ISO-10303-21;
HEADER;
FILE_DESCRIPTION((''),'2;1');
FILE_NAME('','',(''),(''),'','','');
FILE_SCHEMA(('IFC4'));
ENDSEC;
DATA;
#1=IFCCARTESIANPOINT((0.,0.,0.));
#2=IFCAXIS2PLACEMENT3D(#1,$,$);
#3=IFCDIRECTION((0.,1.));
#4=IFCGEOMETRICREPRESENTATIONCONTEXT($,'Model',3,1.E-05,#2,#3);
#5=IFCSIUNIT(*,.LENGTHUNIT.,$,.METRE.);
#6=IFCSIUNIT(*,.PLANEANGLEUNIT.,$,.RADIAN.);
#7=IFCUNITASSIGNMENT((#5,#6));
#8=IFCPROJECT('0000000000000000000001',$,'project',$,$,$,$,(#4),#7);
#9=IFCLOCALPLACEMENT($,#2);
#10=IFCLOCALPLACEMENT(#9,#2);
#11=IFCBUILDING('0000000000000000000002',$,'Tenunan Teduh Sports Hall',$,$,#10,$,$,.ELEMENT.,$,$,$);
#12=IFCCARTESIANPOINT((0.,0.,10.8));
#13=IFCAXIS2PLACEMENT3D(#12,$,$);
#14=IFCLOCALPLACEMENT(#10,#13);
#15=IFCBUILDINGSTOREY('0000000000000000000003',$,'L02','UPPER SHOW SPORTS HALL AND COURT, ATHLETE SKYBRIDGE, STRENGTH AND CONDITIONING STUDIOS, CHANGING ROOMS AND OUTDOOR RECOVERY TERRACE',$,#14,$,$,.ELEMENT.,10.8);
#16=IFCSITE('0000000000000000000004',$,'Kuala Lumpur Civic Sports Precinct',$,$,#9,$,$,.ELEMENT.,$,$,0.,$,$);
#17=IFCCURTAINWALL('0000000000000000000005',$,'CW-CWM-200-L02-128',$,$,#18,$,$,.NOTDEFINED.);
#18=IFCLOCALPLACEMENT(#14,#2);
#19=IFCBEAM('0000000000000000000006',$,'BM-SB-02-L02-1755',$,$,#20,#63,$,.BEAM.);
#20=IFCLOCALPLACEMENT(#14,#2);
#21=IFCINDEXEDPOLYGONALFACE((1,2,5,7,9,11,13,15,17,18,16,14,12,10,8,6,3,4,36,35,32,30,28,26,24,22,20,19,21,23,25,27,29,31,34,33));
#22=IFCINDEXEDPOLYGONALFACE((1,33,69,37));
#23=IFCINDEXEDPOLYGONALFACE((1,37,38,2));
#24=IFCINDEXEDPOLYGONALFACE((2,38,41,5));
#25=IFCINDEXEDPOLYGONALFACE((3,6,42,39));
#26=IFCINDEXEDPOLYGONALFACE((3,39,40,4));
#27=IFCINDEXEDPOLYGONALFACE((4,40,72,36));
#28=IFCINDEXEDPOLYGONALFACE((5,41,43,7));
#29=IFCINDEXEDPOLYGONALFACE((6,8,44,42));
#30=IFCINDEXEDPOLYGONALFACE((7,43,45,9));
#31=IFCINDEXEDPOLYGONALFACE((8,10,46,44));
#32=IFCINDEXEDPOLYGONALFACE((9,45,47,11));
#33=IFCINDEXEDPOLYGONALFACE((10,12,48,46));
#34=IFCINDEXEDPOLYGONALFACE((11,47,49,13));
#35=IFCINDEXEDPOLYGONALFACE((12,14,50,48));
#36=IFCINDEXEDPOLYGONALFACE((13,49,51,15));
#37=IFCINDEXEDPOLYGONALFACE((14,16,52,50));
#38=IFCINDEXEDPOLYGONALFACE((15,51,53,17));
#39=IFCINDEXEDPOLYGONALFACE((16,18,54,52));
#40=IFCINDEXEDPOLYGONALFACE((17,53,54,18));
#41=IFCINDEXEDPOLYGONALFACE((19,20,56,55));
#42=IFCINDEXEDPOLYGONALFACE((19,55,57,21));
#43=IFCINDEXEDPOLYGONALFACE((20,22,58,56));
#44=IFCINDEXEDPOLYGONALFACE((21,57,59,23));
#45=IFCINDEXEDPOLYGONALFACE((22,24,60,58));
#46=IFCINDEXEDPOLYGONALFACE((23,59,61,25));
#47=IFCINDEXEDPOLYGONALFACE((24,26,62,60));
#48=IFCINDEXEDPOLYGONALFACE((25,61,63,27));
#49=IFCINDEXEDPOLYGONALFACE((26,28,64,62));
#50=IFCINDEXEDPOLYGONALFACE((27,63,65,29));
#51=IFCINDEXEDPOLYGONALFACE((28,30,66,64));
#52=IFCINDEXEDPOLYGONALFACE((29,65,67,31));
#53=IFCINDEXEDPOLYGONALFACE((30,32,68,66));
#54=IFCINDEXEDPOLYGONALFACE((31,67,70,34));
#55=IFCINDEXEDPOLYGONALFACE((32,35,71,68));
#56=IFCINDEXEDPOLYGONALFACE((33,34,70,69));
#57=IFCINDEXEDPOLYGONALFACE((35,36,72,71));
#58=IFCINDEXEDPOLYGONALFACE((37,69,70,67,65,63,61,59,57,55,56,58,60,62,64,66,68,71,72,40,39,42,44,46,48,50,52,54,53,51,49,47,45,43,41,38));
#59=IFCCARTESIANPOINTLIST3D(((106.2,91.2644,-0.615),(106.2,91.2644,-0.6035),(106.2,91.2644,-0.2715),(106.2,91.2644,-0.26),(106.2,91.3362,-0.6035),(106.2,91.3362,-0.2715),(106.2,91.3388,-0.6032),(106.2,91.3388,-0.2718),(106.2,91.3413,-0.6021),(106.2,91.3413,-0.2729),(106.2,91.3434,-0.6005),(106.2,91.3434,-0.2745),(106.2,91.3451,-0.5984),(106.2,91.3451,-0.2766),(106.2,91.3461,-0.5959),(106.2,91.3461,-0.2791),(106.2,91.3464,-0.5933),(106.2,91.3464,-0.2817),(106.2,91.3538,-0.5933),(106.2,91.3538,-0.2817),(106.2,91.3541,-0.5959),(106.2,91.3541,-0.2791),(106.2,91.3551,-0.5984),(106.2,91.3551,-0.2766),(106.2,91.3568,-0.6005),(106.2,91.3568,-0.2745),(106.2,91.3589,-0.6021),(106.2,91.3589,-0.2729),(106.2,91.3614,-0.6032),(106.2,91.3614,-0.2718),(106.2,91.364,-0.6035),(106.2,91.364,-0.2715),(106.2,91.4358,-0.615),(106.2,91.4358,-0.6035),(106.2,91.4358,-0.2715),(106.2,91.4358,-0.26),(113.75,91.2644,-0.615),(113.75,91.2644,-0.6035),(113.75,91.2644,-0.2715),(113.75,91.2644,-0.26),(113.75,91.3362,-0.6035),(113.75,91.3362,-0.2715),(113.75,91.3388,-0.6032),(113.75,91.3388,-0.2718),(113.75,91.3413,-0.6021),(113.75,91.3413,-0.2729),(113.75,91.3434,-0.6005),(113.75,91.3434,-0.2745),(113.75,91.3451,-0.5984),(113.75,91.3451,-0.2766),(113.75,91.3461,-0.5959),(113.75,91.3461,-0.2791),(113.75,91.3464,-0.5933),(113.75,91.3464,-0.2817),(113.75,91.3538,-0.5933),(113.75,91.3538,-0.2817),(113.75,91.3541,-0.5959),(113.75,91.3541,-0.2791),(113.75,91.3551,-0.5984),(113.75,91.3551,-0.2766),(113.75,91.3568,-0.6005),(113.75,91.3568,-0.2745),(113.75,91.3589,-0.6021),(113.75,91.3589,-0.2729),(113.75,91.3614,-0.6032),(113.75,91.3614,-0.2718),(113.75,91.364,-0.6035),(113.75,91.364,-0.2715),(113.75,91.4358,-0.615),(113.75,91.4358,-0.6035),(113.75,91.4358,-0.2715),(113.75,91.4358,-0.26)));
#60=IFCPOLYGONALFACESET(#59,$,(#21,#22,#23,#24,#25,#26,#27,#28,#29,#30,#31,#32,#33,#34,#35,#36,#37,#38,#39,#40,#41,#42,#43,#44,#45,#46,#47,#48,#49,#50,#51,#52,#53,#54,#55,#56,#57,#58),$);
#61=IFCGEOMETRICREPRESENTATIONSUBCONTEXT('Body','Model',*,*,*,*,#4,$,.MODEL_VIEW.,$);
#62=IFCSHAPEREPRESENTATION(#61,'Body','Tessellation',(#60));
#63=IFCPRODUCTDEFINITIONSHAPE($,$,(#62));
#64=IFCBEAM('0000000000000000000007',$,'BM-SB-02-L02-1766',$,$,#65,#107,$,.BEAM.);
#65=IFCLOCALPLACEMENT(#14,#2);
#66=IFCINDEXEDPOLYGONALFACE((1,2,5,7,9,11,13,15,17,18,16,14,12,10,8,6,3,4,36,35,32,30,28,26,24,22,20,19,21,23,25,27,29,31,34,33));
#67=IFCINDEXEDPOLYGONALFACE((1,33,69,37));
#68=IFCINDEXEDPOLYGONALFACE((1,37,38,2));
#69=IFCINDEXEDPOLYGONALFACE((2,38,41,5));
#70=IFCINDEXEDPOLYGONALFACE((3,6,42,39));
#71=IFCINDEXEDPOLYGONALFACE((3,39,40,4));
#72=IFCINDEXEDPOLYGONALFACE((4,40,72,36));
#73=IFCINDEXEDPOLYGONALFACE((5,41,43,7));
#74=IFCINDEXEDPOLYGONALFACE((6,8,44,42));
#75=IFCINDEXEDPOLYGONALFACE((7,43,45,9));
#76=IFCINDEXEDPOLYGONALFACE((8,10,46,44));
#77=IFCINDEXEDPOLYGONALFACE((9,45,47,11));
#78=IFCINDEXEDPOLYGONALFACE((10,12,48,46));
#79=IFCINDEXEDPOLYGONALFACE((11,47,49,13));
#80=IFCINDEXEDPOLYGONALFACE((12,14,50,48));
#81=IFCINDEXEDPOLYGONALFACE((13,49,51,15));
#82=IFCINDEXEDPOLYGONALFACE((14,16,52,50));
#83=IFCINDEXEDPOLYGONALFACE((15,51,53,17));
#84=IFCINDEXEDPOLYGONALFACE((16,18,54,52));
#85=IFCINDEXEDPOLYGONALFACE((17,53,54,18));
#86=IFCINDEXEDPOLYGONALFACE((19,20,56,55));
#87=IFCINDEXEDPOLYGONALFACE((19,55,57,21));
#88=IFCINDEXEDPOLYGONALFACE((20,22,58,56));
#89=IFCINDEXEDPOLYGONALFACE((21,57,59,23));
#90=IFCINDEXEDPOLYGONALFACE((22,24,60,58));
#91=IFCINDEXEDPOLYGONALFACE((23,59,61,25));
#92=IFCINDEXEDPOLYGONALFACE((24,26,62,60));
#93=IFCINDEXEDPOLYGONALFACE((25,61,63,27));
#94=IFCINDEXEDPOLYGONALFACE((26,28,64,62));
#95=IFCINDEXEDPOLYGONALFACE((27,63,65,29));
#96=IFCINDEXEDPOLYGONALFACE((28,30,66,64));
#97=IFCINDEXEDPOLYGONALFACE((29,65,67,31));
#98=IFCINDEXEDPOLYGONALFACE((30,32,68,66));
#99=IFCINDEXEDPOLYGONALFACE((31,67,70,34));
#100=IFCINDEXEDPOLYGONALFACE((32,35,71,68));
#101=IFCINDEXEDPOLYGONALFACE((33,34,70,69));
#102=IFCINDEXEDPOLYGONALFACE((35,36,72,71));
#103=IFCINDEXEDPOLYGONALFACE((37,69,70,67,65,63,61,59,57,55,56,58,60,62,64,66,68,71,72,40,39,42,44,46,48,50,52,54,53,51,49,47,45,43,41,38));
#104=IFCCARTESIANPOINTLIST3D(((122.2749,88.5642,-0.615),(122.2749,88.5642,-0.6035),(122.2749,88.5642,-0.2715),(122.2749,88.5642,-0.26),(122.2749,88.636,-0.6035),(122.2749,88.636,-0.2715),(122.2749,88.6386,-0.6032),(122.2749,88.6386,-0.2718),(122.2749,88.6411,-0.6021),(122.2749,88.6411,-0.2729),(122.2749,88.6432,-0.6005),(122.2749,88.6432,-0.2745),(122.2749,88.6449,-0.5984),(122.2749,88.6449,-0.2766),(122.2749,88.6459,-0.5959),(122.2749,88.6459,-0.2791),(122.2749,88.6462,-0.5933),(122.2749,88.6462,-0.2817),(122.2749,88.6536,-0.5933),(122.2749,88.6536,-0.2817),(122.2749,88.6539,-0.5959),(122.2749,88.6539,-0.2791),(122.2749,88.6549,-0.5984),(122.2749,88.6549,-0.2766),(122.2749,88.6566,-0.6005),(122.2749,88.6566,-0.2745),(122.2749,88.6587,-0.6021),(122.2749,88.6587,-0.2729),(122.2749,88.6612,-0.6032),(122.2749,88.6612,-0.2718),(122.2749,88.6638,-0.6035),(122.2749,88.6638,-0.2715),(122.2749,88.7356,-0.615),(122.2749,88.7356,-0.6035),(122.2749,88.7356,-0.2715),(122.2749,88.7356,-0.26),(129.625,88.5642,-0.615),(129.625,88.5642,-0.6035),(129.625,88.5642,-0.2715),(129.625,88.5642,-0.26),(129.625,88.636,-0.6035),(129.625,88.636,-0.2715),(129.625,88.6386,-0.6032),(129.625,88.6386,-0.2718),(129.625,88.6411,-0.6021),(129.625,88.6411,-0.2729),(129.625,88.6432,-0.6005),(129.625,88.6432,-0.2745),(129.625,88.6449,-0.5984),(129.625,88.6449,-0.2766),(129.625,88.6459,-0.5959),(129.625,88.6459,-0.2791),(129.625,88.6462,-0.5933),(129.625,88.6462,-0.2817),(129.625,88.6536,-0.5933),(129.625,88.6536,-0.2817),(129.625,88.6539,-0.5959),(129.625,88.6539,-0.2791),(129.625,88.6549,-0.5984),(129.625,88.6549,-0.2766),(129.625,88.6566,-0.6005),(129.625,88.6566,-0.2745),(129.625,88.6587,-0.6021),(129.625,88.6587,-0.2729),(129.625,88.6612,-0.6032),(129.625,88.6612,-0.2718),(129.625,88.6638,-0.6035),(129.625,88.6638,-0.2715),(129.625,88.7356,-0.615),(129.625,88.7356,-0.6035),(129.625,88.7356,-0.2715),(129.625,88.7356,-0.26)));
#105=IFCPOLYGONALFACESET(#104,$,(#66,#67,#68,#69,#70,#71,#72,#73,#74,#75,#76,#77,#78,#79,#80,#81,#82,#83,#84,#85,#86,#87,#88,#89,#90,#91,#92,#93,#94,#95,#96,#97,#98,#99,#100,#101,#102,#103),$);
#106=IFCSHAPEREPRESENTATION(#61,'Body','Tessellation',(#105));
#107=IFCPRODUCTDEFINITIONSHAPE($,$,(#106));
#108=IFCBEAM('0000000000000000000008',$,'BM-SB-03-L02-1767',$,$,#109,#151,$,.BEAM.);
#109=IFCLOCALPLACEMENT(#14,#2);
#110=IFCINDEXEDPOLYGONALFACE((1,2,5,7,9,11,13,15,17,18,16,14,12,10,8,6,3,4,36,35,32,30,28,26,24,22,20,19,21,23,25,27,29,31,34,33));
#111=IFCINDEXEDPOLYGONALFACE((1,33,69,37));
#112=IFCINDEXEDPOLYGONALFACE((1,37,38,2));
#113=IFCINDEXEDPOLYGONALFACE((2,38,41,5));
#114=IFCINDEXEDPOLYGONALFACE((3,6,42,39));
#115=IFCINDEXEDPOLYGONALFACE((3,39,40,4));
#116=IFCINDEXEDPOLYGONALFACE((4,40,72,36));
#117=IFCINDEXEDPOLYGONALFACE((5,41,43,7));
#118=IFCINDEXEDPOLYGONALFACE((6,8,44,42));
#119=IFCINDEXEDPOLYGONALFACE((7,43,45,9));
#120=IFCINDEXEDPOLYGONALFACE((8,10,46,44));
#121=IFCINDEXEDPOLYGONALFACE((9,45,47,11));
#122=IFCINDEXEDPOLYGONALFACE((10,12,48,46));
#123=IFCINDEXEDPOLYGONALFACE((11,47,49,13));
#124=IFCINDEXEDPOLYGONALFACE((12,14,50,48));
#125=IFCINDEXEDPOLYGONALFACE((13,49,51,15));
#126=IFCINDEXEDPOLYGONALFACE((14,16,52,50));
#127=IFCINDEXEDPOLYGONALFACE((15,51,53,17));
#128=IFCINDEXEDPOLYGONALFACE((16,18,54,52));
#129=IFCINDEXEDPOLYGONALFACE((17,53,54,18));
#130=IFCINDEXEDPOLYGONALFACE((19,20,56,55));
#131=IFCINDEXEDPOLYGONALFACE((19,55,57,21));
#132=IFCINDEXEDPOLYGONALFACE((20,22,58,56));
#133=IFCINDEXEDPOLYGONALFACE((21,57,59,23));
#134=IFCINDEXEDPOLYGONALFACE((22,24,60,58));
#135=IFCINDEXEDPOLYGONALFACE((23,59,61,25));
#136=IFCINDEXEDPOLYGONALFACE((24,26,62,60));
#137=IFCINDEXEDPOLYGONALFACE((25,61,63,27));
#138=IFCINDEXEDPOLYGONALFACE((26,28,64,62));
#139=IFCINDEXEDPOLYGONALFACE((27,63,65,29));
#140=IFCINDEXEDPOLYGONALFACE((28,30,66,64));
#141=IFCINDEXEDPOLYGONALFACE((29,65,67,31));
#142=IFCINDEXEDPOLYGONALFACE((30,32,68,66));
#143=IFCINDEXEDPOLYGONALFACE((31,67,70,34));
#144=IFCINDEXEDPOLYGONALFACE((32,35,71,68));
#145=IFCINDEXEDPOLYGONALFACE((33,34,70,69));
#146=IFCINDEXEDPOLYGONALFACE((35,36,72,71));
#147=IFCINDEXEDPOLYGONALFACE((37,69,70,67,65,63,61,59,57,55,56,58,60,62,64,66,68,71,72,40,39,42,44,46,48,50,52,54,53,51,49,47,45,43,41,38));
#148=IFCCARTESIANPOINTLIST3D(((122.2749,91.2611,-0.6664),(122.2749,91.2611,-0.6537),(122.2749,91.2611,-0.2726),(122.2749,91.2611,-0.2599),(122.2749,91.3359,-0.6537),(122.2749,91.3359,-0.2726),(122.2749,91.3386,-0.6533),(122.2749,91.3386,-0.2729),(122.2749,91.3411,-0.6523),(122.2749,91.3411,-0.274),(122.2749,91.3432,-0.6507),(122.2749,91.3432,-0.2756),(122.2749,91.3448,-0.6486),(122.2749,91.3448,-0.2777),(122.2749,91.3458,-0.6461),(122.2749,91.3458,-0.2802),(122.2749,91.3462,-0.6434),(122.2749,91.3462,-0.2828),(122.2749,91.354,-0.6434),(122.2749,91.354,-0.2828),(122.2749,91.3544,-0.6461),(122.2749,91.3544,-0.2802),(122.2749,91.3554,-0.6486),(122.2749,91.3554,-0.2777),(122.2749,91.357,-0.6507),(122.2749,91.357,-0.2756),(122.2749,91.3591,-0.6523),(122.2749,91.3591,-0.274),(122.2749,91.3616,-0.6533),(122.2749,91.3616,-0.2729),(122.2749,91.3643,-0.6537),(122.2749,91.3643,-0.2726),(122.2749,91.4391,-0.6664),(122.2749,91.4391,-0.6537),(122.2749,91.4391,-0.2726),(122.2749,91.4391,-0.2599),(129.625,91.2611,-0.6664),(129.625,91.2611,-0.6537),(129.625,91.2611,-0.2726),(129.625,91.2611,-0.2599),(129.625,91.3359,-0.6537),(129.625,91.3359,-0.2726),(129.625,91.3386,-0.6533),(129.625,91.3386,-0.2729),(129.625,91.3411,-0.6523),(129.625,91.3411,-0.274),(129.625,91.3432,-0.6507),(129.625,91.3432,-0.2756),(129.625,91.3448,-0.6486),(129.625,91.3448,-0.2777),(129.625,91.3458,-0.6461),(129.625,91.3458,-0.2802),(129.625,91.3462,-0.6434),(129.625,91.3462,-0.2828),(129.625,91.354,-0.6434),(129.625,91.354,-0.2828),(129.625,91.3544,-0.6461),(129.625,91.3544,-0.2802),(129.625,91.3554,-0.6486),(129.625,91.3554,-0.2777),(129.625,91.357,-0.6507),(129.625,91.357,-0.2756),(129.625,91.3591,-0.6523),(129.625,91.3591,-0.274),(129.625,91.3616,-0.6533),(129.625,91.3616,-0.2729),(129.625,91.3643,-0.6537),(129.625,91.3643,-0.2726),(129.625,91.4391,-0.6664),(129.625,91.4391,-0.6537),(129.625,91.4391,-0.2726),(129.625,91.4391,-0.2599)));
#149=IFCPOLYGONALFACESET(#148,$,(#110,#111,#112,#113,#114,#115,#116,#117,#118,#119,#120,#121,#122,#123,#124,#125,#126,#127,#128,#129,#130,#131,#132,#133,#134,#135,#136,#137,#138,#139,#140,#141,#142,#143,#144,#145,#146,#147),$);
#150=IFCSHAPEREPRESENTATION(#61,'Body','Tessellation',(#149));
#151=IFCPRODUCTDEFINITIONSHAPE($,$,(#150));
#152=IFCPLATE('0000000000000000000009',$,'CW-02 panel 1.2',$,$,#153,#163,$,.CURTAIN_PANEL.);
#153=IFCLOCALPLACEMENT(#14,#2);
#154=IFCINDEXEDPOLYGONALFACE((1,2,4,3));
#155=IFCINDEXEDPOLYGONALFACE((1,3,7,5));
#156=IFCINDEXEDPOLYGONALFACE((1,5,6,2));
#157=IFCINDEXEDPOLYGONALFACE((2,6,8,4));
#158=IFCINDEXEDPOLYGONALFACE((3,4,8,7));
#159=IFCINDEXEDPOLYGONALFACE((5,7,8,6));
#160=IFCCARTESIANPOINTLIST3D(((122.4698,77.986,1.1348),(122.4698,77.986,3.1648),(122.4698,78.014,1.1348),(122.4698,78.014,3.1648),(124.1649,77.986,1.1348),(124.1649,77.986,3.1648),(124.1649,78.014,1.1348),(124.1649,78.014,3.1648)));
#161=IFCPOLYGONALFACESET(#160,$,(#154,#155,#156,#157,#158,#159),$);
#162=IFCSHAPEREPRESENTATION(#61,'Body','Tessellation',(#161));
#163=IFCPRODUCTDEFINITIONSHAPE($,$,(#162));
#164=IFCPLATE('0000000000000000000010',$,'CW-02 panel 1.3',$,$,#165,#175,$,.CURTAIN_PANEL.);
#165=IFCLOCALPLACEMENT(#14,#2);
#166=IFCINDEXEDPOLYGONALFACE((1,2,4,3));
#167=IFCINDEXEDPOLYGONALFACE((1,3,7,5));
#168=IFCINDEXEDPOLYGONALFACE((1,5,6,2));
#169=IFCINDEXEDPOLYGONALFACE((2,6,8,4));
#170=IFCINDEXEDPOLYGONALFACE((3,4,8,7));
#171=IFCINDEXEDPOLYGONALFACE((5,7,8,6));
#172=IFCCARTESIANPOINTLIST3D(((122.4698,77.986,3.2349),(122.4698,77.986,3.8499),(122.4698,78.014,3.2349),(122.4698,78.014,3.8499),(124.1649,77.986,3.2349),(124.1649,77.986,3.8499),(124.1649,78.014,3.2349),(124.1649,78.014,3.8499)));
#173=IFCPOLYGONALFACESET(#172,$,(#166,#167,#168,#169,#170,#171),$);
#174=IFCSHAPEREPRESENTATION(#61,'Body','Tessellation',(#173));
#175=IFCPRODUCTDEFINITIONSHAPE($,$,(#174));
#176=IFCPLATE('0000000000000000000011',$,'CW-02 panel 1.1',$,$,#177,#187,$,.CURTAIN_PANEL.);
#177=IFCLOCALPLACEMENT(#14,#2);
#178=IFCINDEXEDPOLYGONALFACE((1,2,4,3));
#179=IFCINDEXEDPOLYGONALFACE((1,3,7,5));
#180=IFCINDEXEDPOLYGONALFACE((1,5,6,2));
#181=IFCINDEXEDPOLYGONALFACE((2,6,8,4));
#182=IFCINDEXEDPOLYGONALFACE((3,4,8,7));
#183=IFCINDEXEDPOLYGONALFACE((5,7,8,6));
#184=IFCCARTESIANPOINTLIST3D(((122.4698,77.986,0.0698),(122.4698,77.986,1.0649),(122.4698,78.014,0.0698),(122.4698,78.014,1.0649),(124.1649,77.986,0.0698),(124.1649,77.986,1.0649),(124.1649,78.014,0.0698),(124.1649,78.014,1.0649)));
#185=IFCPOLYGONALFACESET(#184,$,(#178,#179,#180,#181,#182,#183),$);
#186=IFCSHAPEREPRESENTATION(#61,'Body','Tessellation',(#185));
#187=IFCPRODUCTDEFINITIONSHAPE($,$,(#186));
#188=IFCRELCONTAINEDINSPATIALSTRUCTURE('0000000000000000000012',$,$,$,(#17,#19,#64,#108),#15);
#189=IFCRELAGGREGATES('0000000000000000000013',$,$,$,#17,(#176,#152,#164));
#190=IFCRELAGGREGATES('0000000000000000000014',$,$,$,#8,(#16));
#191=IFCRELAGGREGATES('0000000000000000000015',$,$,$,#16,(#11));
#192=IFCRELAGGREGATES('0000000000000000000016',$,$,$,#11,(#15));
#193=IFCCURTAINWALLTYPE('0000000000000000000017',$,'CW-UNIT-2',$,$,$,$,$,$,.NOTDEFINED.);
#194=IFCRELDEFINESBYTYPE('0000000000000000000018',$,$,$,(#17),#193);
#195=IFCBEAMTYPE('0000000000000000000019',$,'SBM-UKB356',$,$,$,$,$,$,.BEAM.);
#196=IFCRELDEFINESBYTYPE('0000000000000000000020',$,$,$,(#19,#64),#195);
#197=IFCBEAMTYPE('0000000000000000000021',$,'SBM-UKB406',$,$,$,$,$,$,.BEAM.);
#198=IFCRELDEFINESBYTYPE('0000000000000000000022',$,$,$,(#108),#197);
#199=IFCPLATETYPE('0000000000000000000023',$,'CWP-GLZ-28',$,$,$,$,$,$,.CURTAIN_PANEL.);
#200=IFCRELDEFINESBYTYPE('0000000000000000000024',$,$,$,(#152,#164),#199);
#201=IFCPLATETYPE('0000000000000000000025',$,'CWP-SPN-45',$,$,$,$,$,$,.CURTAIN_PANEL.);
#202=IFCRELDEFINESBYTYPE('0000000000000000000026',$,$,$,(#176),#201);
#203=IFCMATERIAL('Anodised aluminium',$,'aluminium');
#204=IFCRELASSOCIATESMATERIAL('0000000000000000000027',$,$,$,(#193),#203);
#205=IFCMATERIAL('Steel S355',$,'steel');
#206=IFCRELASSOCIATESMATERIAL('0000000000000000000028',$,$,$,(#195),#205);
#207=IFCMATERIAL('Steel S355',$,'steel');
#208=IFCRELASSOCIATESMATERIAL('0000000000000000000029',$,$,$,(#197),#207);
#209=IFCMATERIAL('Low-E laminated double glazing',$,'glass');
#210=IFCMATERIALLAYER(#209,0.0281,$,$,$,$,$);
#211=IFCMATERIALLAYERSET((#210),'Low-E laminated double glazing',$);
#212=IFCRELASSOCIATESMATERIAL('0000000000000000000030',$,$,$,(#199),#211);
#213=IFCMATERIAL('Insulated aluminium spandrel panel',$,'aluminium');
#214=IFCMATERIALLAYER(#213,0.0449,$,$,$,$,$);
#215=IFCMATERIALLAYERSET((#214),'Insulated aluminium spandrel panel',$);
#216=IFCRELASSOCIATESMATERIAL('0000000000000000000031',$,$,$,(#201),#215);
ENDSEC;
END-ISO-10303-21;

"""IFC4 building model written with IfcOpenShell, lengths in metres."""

from ifc_helpers import new_model, si_unit, direction, frame, origin, origin_2d, place, context, subcontext, project, spatial, rectangle, i_section, extrude, material, layer, layer_set, material_profile, profile_set, type_object, element, aggregate, save


model = new_model("IFC4")

# Units and contexts
model_context = context("Model", 3, precision=1e-05, world=origin(), true_north=direction((0.0, 1.0)))
body_context = subcontext(model_context, "Body", "Model", "MODEL_VIEW")
ifc_project = project(units=[si_unit("LENGTHUNIT", "METRE"), si_unit("PLANEANGLEUNIT", "RADIAN")], contexts=[model_context])

# Site, building, storey
site_placement = place(None, origin())
site = spatial("IfcSite", under=ifc_project, at=site_placement, Name="Kuala Lumpur Civic Sports Precinct", CompositionType="ELEMENT", RefElevation=0.0)
building_placement = place(site_placement, origin())
building = spatial("IfcBuilding", under=site, at=building_placement, Name="Tenunan Teduh Sports Hall", CompositionType="ELEMENT")
storey_placement = place(building_placement, frame((0.0, 0.0, 10.8)))
storey = spatial("IfcBuildingStorey", under=building, at=storey_placement, Name="L02", Description="UPPER SHOW SPORTS HALL AND COURT, ATHLETE SKYBRIDGE, STRENGTH AND CONDITIONING STUDIOS, CHANGING ROOMS AND OUTDOOR RECOVERY TERRACE", CompositionType="ELEMENT", Elevation=10.8)

# Curtain wall
ifc_material_1 = material(Name="Anodised aluminium", Category="aluminium")
curtain_wall_type = type_object("IfcCurtainWallType", Name="CW-UNIT-2", PredefinedType="NOTDEFINED", material=ifc_material_1)
curtain_wall_placement = place(storey_placement, origin())
curtain_wall = element("IfcCurtainWall", 1, at=curtain_wall_placement, inside=storey, type_object=curtain_wall_type, Name="CW-CWM-200-L02-128", PredefinedType="NOTDEFINED")

# Beams
ifc_material_2 = material(Name="Steel S355", Category="steel")
ifc_material_profile_1 = material_profile(ifc_material_2, i_section(OverallWidth=0.1714, OverallDepth=0.355, WebThickness=0.0073, FlangeThickness=0.0115, FilletRadius=0.0103, at=origin_2d()), Name="UKB 356x171x51")
ifc_profile_set_1 = profile_set([ifc_material_profile_1], Name="Steel S355")
beam_type_1 = type_object("IfcBeamType", Name="SBM-UKB356", PredefinedType="BEAM", material=ifc_profile_set_1)
beam_1_placement = place(storey_placement, frame((106.2, 91.3501, -0.4375), z_axis=(1.0, 0.0, 0.0), x_axis=(0.0, 1.0, 0.0)))
element("IfcBeam", 2, at=beam_1_placement, inside=storey, type_object=beam_type_1, Name="BM-SB-02-L02-1755", PredefinedType="BEAM", context=body_context, shape_type="SweptSolid", body=[
    extrude(i_section(OverallWidth=0.1714, OverallDepth=0.355, WebThickness=0.0073, FlangeThickness=0.0115, FilletRadius=0.0103, at=origin_2d()), origin(), (0.0, 0.0, 1.0), 7.55),
])
beam_2_placement = place(storey_placement, frame((122.2749, 88.6499, -0.4375), z_axis=(1.0, 0.0, 0.0), x_axis=(0.0, 1.0, 0.0)))
element("IfcBeam", 3, at=beam_2_placement, inside=storey, type_object=beam_type_1, Name="BM-SB-02-L02-1766", PredefinedType="BEAM", context=body_context, shape_type="SweptSolid", body=[
    extrude(i_section(OverallWidth=0.1714, OverallDepth=0.355, WebThickness=0.0073, FlangeThickness=0.0115, FilletRadius=0.0103, at=origin_2d()), origin(), (0.0, 0.0, 1.0), 7.3501),
])
ifc_material_3 = material(Name="Steel S355", Category="steel")
ifc_material_profile_2 = material_profile(ifc_material_3, i_section(OverallWidth=0.178, OverallDepth=0.4065, WebThickness=0.0078, FlangeThickness=0.0127, FilletRadius=0.0103, at=origin_2d()), Name="UKB 406x178x60")
ifc_profile_set_2 = profile_set([ifc_material_profile_2], Name="Steel S355")
beam_type_2 = type_object("IfcBeamType", Name="SBM-UKB406", PredefinedType="BEAM", material=ifc_profile_set_2)
beam_3_placement = place(storey_placement, frame((122.2749, 91.3501, -0.4631), z_axis=(1.0, 0.0, 0.0), x_axis=(0.0, 1.0, 0.0)))
element("IfcBeam", 4, at=beam_3_placement, inside=storey, type_object=beam_type_2, Name="BM-SB-03-L02-1767", PredefinedType="BEAM", context=body_context, shape_type="SweptSolid", body=[
    extrude(i_section(OverallWidth=0.178, OverallDepth=0.4065, WebThickness=0.0078, FlangeThickness=0.0127, FilletRadius=0.0103, at=origin_2d()), origin(), (0.0, 0.0, 1.0), 7.3501),
])

# Plates
ifc_material_4 = material(Name="Low-E laminated double glazing", Category="glass")
ifc_layer_1 = layer(ifc_material_4, 0.0281)
ifc_layer_set_1 = layer_set([ifc_layer_1], Name="Low-E laminated double glazing")
plate_type_1 = type_object("IfcPlateType", Name="CWP-GLZ-28", PredefinedType="CURTAIN_PANEL", material=ifc_layer_set_1)
plate_1_placement = place(storey_placement, frame((123.3174, 78.0, 1.1348), z_axis=(0.0, 0.0, 1.0), x_axis=(1.0, 0.0, 0.0)))
plate_1 = element("IfcPlate", 5, at=plate_1_placement, type_object=plate_type_1, Name="CW-02 panel 1.2", PredefinedType="CURTAIN_PANEL", context=body_context, shape_type="SweptSolid", body=[
    extrude(rectangle(XDim=1.6951, YDim=0.0281, at=origin_2d()), origin(), (0.0, 0.0, 1.0), 2.03),
])
plate_2_placement = place(storey_placement, frame((123.3174, 78.0, 3.2349), z_axis=(0.0, 0.0, 1.0), x_axis=(1.0, 0.0, 0.0)))
plate_2 = element("IfcPlate", 6, at=plate_2_placement, type_object=plate_type_1, Name="CW-02 panel 1.3", PredefinedType="CURTAIN_PANEL", context=body_context, shape_type="SweptSolid", body=[
    extrude(rectangle(XDim=1.6951, YDim=0.0281, at=origin_2d()), origin(), (0.0, 0.0, 1.0), 0.615),
])
ifc_material_5 = material(Name="Insulated aluminium spandrel panel", Category="aluminium")
ifc_layer_2 = layer(ifc_material_5, 0.0449)
ifc_layer_set_2 = layer_set([ifc_layer_2], Name="Insulated aluminium spandrel panel")
plate_type_2 = type_object("IfcPlateType", Name="CWP-SPN-45", PredefinedType="CURTAIN_PANEL", material=ifc_layer_set_2)
plate_3_placement = place(storey_placement, frame((123.3174, 78.0, 0.0698), z_axis=(0.0, 0.0, 1.0), x_axis=(1.0, 0.0, 0.0)))
plate_3 = element("IfcPlate", 7, at=plate_3_placement, type_object=plate_type_2, Name="CW-02 panel 1.1", PredefinedType="CURTAIN_PANEL", context=body_context, shape_type="SweptSolid", body=[
    extrude(rectangle(XDim=1.6951, YDim=0.0281, at=origin_2d()), origin(), (0.0, 0.0, 1.0), 0.9951),
])
aggregate(curtain_wall, [plate_3, plate_1, plate_2])

save(model, "model.ifc")
